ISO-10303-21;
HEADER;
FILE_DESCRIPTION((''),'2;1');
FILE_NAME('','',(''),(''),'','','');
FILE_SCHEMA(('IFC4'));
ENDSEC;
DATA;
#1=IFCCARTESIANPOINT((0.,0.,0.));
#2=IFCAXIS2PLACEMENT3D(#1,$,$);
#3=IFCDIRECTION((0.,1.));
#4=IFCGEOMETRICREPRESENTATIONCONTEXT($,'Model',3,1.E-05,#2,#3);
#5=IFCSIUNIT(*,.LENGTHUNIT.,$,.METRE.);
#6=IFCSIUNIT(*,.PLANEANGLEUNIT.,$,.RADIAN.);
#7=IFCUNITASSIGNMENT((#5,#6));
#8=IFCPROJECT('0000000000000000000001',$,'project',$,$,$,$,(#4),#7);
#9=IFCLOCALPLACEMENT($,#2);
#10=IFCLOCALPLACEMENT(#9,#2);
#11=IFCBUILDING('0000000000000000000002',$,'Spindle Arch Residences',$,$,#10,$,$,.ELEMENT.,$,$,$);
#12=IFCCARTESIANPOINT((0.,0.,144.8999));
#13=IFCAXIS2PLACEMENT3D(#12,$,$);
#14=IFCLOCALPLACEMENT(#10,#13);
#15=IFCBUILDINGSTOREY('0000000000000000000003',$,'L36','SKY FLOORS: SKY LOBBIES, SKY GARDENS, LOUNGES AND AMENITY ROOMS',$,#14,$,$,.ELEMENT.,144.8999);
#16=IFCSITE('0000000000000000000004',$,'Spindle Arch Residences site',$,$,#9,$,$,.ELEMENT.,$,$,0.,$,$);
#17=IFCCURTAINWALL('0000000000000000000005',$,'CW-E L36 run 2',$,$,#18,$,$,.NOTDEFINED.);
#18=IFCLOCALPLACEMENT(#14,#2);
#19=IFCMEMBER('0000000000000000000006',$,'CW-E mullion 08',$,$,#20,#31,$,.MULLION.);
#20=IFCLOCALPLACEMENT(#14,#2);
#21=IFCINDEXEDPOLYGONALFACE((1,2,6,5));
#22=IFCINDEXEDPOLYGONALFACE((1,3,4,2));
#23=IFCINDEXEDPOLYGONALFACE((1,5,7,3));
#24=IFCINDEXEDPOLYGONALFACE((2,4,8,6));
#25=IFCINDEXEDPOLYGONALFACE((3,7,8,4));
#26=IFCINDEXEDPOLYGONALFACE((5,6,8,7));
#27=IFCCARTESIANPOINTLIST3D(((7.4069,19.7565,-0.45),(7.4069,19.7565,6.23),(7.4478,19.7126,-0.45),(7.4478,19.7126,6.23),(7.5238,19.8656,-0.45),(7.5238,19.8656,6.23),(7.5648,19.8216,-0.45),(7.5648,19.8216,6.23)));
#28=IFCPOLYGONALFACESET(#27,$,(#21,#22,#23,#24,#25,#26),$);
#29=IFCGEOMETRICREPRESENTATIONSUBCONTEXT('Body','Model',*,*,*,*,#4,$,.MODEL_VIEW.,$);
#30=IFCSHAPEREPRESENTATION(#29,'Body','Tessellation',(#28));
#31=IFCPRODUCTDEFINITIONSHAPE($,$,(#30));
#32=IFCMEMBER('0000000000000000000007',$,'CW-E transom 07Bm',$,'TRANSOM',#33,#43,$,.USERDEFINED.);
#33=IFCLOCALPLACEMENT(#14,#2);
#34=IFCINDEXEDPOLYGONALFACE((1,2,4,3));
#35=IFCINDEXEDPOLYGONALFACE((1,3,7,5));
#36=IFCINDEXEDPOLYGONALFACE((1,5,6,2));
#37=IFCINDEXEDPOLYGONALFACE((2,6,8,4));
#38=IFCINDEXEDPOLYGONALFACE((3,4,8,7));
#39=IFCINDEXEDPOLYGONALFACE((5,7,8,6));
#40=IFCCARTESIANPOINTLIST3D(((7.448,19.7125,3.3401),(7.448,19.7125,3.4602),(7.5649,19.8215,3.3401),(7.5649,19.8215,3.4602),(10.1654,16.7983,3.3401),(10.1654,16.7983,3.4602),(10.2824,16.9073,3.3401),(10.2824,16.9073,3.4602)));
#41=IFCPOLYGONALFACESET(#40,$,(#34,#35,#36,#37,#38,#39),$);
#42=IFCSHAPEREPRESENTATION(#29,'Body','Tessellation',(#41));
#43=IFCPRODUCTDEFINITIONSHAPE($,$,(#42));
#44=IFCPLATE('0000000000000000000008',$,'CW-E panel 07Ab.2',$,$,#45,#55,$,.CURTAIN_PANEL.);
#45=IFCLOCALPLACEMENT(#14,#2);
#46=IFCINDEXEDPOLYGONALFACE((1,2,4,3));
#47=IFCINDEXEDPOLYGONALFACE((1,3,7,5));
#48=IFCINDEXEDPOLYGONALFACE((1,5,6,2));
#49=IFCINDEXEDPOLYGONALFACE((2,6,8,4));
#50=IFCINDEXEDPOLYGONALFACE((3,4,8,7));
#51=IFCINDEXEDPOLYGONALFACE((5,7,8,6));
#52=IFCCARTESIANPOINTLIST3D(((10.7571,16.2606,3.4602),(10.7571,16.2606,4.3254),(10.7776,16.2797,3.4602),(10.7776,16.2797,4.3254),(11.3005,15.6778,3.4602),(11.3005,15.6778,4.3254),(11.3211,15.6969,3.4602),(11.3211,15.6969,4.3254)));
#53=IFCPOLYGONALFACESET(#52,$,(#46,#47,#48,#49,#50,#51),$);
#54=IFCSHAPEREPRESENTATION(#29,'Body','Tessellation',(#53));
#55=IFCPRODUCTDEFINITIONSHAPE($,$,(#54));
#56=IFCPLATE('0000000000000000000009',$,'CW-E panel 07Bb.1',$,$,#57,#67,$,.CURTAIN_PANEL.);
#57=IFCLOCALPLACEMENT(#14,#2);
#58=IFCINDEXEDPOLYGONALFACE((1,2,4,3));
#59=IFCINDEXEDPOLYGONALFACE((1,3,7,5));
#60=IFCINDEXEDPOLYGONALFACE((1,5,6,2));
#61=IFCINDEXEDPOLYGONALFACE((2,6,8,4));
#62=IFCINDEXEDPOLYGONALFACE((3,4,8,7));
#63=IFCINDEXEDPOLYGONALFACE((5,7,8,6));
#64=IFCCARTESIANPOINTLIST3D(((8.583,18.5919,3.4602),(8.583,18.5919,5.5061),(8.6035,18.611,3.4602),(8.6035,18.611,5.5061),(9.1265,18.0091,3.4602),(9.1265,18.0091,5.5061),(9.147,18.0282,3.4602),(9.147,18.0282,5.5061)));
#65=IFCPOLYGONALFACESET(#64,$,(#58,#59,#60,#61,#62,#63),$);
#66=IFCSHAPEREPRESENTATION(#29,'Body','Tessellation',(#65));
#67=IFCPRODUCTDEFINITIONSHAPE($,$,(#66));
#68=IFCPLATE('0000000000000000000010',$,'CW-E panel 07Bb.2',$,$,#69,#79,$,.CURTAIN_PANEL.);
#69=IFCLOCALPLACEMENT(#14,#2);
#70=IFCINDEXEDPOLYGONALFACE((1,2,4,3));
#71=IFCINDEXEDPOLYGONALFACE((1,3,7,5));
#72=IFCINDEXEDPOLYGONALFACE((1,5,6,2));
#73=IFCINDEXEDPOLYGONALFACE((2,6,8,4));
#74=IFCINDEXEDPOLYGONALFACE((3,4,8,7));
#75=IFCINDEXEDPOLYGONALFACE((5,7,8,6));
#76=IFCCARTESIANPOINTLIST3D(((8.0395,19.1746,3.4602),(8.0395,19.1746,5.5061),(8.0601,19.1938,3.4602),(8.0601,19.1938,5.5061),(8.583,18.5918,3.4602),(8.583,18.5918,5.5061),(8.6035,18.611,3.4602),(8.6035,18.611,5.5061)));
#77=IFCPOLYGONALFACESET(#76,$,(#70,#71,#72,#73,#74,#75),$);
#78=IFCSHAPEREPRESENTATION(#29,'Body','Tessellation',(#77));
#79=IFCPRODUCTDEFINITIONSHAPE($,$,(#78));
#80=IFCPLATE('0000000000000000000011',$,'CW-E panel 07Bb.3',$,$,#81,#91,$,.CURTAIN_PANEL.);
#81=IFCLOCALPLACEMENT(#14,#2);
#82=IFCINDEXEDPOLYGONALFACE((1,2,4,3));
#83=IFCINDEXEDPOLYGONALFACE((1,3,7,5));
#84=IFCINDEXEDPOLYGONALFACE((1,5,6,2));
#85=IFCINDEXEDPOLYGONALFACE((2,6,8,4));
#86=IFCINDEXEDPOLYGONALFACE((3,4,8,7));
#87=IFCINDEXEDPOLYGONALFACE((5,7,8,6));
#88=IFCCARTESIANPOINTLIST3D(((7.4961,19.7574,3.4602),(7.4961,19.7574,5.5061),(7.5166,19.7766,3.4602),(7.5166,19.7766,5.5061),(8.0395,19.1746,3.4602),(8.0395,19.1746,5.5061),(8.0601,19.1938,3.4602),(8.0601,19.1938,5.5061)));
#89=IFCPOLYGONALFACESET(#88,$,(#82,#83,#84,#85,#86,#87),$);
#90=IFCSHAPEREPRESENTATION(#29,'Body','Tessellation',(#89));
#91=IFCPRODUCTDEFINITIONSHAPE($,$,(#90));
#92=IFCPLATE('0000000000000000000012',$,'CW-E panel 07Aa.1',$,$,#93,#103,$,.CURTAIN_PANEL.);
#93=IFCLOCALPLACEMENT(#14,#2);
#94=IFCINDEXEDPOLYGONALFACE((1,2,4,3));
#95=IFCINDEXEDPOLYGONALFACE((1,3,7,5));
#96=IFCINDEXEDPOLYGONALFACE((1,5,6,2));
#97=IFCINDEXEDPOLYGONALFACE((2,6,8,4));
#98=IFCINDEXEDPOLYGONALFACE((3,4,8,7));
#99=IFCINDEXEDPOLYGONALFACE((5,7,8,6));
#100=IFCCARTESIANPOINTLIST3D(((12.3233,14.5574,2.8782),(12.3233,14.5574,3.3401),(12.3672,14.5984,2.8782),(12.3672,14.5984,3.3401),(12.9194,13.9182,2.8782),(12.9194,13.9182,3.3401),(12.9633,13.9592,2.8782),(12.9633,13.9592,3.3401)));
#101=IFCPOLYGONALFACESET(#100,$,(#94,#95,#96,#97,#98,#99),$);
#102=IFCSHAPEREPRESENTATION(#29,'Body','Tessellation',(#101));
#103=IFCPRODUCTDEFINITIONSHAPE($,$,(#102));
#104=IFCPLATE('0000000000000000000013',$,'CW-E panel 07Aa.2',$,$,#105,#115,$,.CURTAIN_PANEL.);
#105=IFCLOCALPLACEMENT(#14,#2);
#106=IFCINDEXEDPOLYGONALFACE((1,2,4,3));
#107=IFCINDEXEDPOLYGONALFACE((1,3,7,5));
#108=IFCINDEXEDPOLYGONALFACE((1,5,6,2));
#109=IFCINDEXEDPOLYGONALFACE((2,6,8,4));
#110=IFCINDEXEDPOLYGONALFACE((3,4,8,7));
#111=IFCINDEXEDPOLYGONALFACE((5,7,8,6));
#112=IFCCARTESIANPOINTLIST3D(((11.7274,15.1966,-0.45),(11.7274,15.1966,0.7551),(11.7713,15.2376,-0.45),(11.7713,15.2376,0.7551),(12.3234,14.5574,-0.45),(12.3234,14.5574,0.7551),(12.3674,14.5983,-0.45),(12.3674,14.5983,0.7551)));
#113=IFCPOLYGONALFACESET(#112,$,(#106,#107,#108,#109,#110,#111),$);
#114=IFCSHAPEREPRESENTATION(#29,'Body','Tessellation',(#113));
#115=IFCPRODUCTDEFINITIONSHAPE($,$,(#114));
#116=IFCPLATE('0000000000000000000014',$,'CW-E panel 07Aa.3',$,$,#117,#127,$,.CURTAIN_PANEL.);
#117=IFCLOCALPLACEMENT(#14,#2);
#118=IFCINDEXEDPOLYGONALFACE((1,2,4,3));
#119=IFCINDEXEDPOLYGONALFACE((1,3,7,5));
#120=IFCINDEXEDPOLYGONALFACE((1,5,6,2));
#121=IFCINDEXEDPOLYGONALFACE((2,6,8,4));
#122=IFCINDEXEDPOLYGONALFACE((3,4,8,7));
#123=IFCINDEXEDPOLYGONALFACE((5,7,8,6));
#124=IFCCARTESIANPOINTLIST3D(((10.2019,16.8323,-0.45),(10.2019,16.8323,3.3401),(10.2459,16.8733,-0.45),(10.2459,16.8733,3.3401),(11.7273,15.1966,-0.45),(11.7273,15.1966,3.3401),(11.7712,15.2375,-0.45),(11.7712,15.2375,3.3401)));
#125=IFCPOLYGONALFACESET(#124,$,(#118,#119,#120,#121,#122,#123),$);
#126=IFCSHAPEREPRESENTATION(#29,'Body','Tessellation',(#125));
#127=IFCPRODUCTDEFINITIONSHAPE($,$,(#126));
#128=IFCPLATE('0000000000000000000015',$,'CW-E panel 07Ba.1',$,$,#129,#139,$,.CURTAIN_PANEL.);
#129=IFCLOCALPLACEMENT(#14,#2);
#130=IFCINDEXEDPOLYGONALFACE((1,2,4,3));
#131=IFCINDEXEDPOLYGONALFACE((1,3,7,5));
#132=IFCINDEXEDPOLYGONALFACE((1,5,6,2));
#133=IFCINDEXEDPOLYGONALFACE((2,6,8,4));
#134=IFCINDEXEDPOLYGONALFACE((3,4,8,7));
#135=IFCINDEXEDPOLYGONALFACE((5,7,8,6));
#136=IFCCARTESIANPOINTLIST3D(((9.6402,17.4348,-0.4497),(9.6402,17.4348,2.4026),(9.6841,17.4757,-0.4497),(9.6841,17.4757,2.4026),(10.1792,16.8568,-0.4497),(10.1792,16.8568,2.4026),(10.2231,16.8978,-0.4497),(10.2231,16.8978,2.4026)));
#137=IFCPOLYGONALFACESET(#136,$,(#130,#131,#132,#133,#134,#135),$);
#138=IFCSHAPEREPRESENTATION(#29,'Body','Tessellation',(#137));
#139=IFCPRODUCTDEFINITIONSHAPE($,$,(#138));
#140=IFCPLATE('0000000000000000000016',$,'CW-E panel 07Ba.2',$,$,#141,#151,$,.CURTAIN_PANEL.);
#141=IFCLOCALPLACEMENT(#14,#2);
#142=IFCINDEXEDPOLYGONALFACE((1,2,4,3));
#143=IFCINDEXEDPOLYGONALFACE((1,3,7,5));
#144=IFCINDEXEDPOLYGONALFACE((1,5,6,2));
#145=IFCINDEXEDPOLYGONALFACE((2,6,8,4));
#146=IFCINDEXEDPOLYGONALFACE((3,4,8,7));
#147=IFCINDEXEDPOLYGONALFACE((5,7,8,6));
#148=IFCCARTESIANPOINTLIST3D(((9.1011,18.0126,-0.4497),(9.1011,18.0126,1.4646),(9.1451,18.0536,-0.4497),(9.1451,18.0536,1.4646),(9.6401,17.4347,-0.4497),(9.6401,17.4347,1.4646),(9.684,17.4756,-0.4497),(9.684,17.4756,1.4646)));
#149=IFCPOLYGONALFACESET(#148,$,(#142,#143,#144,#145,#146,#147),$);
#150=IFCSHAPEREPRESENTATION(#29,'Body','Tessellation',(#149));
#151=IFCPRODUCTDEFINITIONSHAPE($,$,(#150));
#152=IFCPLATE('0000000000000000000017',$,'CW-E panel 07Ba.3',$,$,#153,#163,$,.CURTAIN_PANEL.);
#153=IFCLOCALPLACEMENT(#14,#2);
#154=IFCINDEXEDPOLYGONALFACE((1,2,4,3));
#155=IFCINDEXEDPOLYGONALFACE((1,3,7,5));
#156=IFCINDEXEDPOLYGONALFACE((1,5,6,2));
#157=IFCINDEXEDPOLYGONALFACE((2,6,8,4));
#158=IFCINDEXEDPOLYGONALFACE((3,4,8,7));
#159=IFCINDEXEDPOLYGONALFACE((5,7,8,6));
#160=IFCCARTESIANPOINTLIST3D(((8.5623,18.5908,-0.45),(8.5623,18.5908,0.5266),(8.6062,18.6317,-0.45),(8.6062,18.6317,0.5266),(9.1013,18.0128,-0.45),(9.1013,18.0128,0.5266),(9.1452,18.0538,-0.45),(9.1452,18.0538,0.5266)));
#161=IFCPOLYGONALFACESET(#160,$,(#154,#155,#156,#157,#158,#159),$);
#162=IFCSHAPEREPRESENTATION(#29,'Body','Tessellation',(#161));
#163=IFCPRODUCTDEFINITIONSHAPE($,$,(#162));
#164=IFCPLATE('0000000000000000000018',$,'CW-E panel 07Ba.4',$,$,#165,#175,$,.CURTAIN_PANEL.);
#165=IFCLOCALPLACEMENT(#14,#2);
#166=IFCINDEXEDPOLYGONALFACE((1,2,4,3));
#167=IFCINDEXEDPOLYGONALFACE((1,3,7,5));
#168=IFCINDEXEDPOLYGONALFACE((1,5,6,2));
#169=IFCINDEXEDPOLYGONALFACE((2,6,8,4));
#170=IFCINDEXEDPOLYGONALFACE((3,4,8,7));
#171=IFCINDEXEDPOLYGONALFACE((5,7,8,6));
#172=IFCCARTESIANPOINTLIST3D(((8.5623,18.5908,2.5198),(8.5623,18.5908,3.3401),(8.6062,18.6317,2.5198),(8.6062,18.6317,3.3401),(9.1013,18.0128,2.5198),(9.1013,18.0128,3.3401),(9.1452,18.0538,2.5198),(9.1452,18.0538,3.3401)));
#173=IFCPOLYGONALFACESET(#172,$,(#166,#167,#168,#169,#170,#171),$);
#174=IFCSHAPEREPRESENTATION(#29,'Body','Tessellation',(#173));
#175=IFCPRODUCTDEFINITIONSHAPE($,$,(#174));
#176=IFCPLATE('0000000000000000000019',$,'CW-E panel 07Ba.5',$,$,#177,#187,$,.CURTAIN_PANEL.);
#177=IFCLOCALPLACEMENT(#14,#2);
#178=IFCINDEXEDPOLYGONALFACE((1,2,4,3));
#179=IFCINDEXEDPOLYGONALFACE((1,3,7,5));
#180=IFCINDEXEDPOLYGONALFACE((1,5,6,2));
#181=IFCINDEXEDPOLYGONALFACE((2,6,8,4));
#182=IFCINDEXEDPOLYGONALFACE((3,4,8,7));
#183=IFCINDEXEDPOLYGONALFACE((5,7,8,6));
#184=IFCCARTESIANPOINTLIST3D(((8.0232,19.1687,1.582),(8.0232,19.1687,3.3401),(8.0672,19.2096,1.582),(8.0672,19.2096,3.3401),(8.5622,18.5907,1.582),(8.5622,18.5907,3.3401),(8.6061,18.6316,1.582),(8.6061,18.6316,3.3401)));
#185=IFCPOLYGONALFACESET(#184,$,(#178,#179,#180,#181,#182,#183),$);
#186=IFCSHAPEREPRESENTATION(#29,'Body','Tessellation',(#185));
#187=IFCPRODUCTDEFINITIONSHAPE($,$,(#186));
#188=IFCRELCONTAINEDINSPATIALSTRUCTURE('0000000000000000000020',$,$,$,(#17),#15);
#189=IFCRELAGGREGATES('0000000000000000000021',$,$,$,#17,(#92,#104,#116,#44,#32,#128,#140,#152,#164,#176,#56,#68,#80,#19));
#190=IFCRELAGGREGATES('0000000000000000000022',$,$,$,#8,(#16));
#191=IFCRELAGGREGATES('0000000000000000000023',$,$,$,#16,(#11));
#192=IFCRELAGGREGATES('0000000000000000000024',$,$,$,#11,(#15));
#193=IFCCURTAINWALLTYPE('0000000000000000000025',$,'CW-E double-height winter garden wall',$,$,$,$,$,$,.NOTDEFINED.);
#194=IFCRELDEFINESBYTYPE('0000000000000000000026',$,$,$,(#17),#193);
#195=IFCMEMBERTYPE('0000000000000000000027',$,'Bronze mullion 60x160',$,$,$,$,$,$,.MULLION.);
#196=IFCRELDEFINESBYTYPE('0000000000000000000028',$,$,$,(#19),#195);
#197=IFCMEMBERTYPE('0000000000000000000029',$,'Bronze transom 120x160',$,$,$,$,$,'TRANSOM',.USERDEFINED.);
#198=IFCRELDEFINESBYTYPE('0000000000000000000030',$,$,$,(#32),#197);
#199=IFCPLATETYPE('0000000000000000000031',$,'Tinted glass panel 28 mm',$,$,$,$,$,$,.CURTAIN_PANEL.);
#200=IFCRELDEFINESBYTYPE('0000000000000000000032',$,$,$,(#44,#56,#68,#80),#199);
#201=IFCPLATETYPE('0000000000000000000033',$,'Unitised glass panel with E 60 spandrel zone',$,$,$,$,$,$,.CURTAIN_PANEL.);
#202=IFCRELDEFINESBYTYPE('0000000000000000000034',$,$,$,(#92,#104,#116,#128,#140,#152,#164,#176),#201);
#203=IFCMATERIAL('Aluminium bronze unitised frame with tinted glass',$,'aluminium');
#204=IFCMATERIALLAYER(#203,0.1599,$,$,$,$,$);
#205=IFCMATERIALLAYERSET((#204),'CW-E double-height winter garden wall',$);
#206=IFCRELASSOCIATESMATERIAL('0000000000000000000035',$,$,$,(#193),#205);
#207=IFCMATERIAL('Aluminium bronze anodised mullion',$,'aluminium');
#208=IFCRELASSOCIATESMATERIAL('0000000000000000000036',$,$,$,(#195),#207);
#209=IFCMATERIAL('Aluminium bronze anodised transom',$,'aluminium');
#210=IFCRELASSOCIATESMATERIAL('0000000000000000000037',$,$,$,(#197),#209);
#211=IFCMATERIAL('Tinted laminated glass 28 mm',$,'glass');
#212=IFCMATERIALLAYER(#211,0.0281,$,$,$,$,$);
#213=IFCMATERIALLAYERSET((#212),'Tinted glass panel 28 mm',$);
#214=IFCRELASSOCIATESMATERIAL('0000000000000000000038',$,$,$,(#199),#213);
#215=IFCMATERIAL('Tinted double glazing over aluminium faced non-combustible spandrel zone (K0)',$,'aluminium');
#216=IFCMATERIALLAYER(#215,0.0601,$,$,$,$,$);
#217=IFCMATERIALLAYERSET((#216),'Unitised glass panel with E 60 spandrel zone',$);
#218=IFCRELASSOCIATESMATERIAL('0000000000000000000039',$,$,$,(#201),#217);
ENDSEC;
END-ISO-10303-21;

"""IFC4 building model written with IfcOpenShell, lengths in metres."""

from ifc_helpers import new_model, si_unit, direction, frame, origin, origin_2d, place, context, subcontext, project, spatial, rectangle, extrude, material, layer, layer_set, material_profile, profile_set, type_object, element, aggregate, save


model = new_model("IFC4")

# Units and contexts
model_context = context("Model", 3, precision=1e-05, world=origin(), true_north=direction((0.0, 1.0)))
body_context = subcontext(model_context, "Body", "Model", "MODEL_VIEW")
ifc_project = project(units=[si_unit("LENGTHUNIT", "METRE"), si_unit("PLANEANGLEUNIT", "RADIAN")], contexts=[model_context])

# Site, building, storey
site_placement = place(None, origin())
site = spatial("IfcSite", under=ifc_project, at=site_placement, Name="Spindle Arch Residences site", CompositionType="ELEMENT", RefElevation=0.0)
building_placement = place(site_placement, origin())
building = spatial("IfcBuilding", under=site, at=building_placement, Name="Spindle Arch Residences", CompositionType="ELEMENT")
storey_placement = place(building_placement, frame((0.0, 0.0, 144.8999)))
storey = spatial("IfcBuildingStorey", under=building, at=storey_placement, Name="L36", Description="SKY FLOORS: SKY LOBBIES, SKY GARDENS, LOUNGES AND AMENITY ROOMS", CompositionType="ELEMENT", Elevation=144.8999)

# Curtain wall, members, plates
ifc_material_1 = material(Name="Aluminium bronze unitised frame with tinted glass", Category="aluminium")
ifc_layer_1 = layer(ifc_material_1, 0.1599)
ifc_layer_set_1 = layer_set([ifc_layer_1], Name="CW-E double-height winter garden wall")
curtain_wall_type = type_object("IfcCurtainWallType", Name="CW-E double-height winter garden wall", PredefinedType="NOTDEFINED", material=ifc_layer_set_1)
curtain_wall_placement = place(storey_placement, origin())
curtain_wall = element("IfcCurtainWall", 1, at=curtain_wall_placement, inside=storey, type_object=curtain_wall_type, Name="CW-E L36 run 2", PredefinedType="NOTDEFINED")
ifc_material_2 = material(Name="Aluminium bronze anodised mullion", Category="aluminium")
ifc_material_profile_1 = material_profile(ifc_material_2, rectangle(XDim=0.1599, YDim=0.0601, at=origin_2d()), Name="MU 60x160")
ifc_profile_set_1 = profile_set([ifc_material_profile_1], Name="Aluminium bronze anodised mullion")
member_type_1 = type_object("IfcMemberType", Name="Bronze mullion 60x160", PredefinedType="MULLION", material=ifc_profile_set_1)
member_1_placement = place(storey_placement, frame((7.4858, 19.7891, -0.45), z_axis=(0.0, 0.0, 1.0), x_axis=(-0.731354, -0.681998, 0.0)))
member_1 = element("IfcMember", 2, at=member_1_placement, type_object=member_type_1, Name="CW-E mullion 08", PredefinedType="MULLION", context=body_context, shape_type="SweptSolid", body=[
    extrude(rectangle(XDim=0.1599, YDim=0.0601, at=origin_2d()), origin(), (0.0, 0.0, 1.0), 6.6799),
])
ifc_material_3 = material(Name="Aluminium bronze anodised transom", Category="aluminium")
ifc_material_profile_2 = material_profile(ifc_material_3, rectangle(XDim=0.1599, YDim=0.1201, at=origin_2d()), Name="TR 120x160")
ifc_profile_set_2 = profile_set([ifc_material_profile_2], Name="Aluminium bronze anodised transom")
member_type_2 = type_object("IfcMemberType", Name="Bronze transom 120x160", ElementType="TRANSOM", PredefinedType="USERDEFINED", material=ifc_profile_set_2)
member_2_placement = place(storey_placement, frame((10.2239, 16.8528, 3.4001), z_axis=(-0.681984, 0.731367, 0.0), x_axis=(-0.731367, -0.681984, 0.0)))
member_2 = element("IfcMember", 3, at=member_2_placement, type_object=member_type_2, Name="CW-E transom 07Bm", ObjectType="TRANSOM", PredefinedType="USERDEFINED", context=body_context, shape_type="SweptSolid", body=[
    extrude(rectangle(XDim=0.1599, YDim=0.1201, at=origin_2d()), origin(), (0.0, 0.0, 1.0), 3.9846),
])
ifc_material_4 = material(Name="Tinted laminated glass 28 mm", Category="glass")
ifc_layer_2 = layer(ifc_material_4, 0.0281)
ifc_layer_set_2 = layer_set([ifc_layer_2], Name="Tinted glass panel 28 mm")
plate_type_1 = type_object("IfcPlateType", Name="Tinted glass panel 28 mm", PredefinedType="CURTAIN_PANEL", material=ifc_layer_set_2)
plate_1_placement = place(storey_placement, frame((11.0391, 15.9788, 3.4602), z_axis=(0.0, 0.0, 1.0), x_axis=(-0.681998, 0.731354, 0.0)))
plate_1 = element("IfcPlate", 4, at=plate_1_placement, type_object=plate_type_1, Name="CW-E panel 07Ab.2", PredefinedType="CURTAIN_PANEL", context=body_context, shape_type="SweptSolid", body=[
    extrude(rectangle(XDim=0.7969, YDim=0.0281, at=origin_2d()), origin(), (0.0, 0.0, 1.0), 0.8652),
])
plate_2_placement = place(storey_placement, frame((8.865, 18.3101, 3.4602), z_axis=(0.0, 0.0, 1.0), x_axis=(-0.681998, 0.731354, 0.0)))
plate_2 = element("IfcPlate", 5, at=plate_2_placement, type_object=plate_type_1, Name="CW-E panel 07Bb.1", PredefinedType="CURTAIN_PANEL", context=body_context, shape_type="SweptSolid", body=[
    extrude(rectangle(XDim=0.7969, YDim=0.0281, at=origin_2d()), origin(), (0.0, 0.0, 1.0), 2.0459),
])
plate_3_placement = place(storey_placement, frame((8.3215, 18.8928, 3.4602), z_axis=(0.0, 0.0, 1.0), x_axis=(-0.681998, 0.731354, 0.0)))
plate_3 = element("IfcPlate", 6, at=plate_3_placement, type_object=plate_type_1, Name="CW-E panel 07Bb.2", PredefinedType="CURTAIN_PANEL", context=body_context, shape_type="SweptSolid", body=[
    extrude(rectangle(XDim=0.7969, YDim=0.0281, at=origin_2d()), origin(), (0.0, 0.0, 1.0), 2.0459),
])
plate_4_placement = place(storey_placement, frame((7.7781, 19.4756, 3.4602), z_axis=(0.0, 0.0, 1.0), x_axis=(-0.681998, 0.731354, 0.0)))
plate_4 = element("IfcPlate", 7, at=plate_4_placement, type_object=plate_type_1, Name="CW-E panel 07Bb.3", PredefinedType="CURTAIN_PANEL", context=body_context, shape_type="SweptSolid", body=[
    extrude(rectangle(XDim=0.7969, YDim=0.0281, at=origin_2d()), origin(), (0.0, 0.0, 1.0), 2.0459),
])
ifc_material_5 = material(Name="Tinted double glazing over aluminium faced non-combustible spandrel zone (K0)", Category="aluminium")
ifc_layer_3 = layer(ifc_material_5, 0.0601)
ifc_layer_set_3 = layer_set([ifc_layer_3], Name="Unitised glass panel with E 60 spandrel zone")
plate_type_2 = type_object("IfcPlateType", Name="Unitised glass panel with E 60 spandrel zone", PredefinedType="CURTAIN_PANEL", material=ifc_layer_set_3)
plate_5_placement = place(storey_placement, frame((12.6433, 14.2583, 2.8782), z_axis=(0.0, 0.0, 1.0), x_axis=(-0.681998, 0.731354, 0.0)))
plate_5 = element("IfcPlate", 8, at=plate_5_placement, type_object=plate_type_2, Name="CW-E panel 07Aa.1", PredefinedType="CURTAIN_PANEL", context=body_context, shape_type="SweptSolid", body=[
    extrude(rectangle(XDim=0.874, YDim=0.0601, at=origin_2d()), origin(), (0.0, 0.0, 1.0), 0.4619),
])
plate_6_placement = place(storey_placement, frame((12.0474, 14.8975, -0.45), z_axis=(0.0, 0.0, 1.0), x_axis=(-0.681998, 0.731354, 0.0)))
plate_6 = element("IfcPlate", 9, at=plate_6_placement, type_object=plate_type_2, Name="CW-E panel 07Aa.2", PredefinedType="CURTAIN_PANEL", context=body_context, shape_type="SweptSolid", body=[
    extrude(rectangle(XDim=0.874, YDim=0.0601, at=origin_2d()), origin(), (0.0, 0.0, 1.0), 1.2051),
])
plate_7_placement = place(storey_placement, frame((10.9866, 16.0349, -0.45), z_axis=(0.0, 0.0, 1.0), x_axis=(-0.681998, 0.731354, 0.0)))
plate_7 = element("IfcPlate", 10, at=plate_7_placement, type_object=plate_type_2, Name="CW-E panel 07Aa.3", PredefinedType="CURTAIN_PANEL", context=body_context, shape_type="SweptSolid", body=[
    extrude(rectangle(XDim=2.2366, YDim=0.0601, at=origin_2d()), origin(), (0.0, 0.0, 1.0), 3.79),
])
plate_8_placement = place(storey_placement, frame((9.9316, 17.1663, -0.4497), z_axis=(0.0, 0.0, 1.0), x_axis=(-0.681998, 0.731354, 0.0)))
plate_8 = element("IfcPlate", 11, at=plate_8_placement, type_object=plate_type_2, Name="CW-E panel 07Ba.1", PredefinedType="CURTAIN_PANEL", context=body_context, shape_type="SweptSolid", body=[
    extrude(rectangle(XDim=0.7903, YDim=0.0601, at=origin_2d()), origin(), (0.0, 0.0, 1.0), 2.8523),
])
plate_9_placement = place(storey_placement, frame((9.3926, 17.7441, -0.4497), z_axis=(0.0, 0.0, 1.0), x_axis=(-0.681998, 0.731354, 0.0)))
plate_9 = element("IfcPlate", 12, at=plate_9_placement, type_object=plate_type_2, Name="CW-E panel 07Ba.2", PredefinedType="CURTAIN_PANEL", context=body_context, shape_type="SweptSolid", body=[
    extrude(rectangle(XDim=0.7903, YDim=0.0601, at=origin_2d()), origin(), (0.0, 0.0, 1.0), 1.9143),
])
plate_10_placement = place(storey_placement, frame((8.8538, 18.3223, -0.45), z_axis=(0.0, 0.0, 1.0), x_axis=(-0.681998, 0.731354, 0.0)))
plate_10 = element("IfcPlate", 13, at=plate_10_placement, type_object=plate_type_2, Name="CW-E panel 07Ba.3", PredefinedType="CURTAIN_PANEL", context=body_context, shape_type="SweptSolid", body=[
    extrude(rectangle(XDim=0.7903, YDim=0.0601, at=origin_2d()), origin(), (0.0, 0.0, 1.0), 0.9766),
])
plate_11_placement = place(storey_placement, frame((8.8538, 18.3223, 2.5198), z_axis=(0.0, 0.0, 1.0), x_axis=(-0.681998, 0.731354, 0.0)))
plate_11 = element("IfcPlate", 14, at=plate_11_placement, type_object=plate_type_2, Name="CW-E panel 07Ba.4", PredefinedType="CURTAIN_PANEL", context=body_context, shape_type="SweptSolid", body=[
    extrude(rectangle(XDim=0.7903, YDim=0.0601, at=origin_2d()), origin(), (0.0, 0.0, 1.0), 0.8203),
])
plate_12_placement = place(storey_placement, frame((8.3147, 18.9001, 1.582), z_axis=(0.0, 0.0, 1.0), x_axis=(-0.681998, 0.731354, 0.0)))
plate_12 = element("IfcPlate", 15, at=plate_12_placement, type_object=plate_type_2, Name="CW-E panel 07Ba.5", PredefinedType="CURTAIN_PANEL", context=body_context, shape_type="SweptSolid", body=[
    extrude(rectangle(XDim=0.7903, YDim=0.0601, at=origin_2d()), origin(), (0.0, 0.0, 1.0), 1.7581),
])
aggregate(curtain_wall, [plate_5, plate_6, plate_7, plate_1, member_2, plate_8, plate_9, plate_10, plate_11, plate_12, plate_2, plate_3, plate_4, member_1])

save(model, "model.ifc")
